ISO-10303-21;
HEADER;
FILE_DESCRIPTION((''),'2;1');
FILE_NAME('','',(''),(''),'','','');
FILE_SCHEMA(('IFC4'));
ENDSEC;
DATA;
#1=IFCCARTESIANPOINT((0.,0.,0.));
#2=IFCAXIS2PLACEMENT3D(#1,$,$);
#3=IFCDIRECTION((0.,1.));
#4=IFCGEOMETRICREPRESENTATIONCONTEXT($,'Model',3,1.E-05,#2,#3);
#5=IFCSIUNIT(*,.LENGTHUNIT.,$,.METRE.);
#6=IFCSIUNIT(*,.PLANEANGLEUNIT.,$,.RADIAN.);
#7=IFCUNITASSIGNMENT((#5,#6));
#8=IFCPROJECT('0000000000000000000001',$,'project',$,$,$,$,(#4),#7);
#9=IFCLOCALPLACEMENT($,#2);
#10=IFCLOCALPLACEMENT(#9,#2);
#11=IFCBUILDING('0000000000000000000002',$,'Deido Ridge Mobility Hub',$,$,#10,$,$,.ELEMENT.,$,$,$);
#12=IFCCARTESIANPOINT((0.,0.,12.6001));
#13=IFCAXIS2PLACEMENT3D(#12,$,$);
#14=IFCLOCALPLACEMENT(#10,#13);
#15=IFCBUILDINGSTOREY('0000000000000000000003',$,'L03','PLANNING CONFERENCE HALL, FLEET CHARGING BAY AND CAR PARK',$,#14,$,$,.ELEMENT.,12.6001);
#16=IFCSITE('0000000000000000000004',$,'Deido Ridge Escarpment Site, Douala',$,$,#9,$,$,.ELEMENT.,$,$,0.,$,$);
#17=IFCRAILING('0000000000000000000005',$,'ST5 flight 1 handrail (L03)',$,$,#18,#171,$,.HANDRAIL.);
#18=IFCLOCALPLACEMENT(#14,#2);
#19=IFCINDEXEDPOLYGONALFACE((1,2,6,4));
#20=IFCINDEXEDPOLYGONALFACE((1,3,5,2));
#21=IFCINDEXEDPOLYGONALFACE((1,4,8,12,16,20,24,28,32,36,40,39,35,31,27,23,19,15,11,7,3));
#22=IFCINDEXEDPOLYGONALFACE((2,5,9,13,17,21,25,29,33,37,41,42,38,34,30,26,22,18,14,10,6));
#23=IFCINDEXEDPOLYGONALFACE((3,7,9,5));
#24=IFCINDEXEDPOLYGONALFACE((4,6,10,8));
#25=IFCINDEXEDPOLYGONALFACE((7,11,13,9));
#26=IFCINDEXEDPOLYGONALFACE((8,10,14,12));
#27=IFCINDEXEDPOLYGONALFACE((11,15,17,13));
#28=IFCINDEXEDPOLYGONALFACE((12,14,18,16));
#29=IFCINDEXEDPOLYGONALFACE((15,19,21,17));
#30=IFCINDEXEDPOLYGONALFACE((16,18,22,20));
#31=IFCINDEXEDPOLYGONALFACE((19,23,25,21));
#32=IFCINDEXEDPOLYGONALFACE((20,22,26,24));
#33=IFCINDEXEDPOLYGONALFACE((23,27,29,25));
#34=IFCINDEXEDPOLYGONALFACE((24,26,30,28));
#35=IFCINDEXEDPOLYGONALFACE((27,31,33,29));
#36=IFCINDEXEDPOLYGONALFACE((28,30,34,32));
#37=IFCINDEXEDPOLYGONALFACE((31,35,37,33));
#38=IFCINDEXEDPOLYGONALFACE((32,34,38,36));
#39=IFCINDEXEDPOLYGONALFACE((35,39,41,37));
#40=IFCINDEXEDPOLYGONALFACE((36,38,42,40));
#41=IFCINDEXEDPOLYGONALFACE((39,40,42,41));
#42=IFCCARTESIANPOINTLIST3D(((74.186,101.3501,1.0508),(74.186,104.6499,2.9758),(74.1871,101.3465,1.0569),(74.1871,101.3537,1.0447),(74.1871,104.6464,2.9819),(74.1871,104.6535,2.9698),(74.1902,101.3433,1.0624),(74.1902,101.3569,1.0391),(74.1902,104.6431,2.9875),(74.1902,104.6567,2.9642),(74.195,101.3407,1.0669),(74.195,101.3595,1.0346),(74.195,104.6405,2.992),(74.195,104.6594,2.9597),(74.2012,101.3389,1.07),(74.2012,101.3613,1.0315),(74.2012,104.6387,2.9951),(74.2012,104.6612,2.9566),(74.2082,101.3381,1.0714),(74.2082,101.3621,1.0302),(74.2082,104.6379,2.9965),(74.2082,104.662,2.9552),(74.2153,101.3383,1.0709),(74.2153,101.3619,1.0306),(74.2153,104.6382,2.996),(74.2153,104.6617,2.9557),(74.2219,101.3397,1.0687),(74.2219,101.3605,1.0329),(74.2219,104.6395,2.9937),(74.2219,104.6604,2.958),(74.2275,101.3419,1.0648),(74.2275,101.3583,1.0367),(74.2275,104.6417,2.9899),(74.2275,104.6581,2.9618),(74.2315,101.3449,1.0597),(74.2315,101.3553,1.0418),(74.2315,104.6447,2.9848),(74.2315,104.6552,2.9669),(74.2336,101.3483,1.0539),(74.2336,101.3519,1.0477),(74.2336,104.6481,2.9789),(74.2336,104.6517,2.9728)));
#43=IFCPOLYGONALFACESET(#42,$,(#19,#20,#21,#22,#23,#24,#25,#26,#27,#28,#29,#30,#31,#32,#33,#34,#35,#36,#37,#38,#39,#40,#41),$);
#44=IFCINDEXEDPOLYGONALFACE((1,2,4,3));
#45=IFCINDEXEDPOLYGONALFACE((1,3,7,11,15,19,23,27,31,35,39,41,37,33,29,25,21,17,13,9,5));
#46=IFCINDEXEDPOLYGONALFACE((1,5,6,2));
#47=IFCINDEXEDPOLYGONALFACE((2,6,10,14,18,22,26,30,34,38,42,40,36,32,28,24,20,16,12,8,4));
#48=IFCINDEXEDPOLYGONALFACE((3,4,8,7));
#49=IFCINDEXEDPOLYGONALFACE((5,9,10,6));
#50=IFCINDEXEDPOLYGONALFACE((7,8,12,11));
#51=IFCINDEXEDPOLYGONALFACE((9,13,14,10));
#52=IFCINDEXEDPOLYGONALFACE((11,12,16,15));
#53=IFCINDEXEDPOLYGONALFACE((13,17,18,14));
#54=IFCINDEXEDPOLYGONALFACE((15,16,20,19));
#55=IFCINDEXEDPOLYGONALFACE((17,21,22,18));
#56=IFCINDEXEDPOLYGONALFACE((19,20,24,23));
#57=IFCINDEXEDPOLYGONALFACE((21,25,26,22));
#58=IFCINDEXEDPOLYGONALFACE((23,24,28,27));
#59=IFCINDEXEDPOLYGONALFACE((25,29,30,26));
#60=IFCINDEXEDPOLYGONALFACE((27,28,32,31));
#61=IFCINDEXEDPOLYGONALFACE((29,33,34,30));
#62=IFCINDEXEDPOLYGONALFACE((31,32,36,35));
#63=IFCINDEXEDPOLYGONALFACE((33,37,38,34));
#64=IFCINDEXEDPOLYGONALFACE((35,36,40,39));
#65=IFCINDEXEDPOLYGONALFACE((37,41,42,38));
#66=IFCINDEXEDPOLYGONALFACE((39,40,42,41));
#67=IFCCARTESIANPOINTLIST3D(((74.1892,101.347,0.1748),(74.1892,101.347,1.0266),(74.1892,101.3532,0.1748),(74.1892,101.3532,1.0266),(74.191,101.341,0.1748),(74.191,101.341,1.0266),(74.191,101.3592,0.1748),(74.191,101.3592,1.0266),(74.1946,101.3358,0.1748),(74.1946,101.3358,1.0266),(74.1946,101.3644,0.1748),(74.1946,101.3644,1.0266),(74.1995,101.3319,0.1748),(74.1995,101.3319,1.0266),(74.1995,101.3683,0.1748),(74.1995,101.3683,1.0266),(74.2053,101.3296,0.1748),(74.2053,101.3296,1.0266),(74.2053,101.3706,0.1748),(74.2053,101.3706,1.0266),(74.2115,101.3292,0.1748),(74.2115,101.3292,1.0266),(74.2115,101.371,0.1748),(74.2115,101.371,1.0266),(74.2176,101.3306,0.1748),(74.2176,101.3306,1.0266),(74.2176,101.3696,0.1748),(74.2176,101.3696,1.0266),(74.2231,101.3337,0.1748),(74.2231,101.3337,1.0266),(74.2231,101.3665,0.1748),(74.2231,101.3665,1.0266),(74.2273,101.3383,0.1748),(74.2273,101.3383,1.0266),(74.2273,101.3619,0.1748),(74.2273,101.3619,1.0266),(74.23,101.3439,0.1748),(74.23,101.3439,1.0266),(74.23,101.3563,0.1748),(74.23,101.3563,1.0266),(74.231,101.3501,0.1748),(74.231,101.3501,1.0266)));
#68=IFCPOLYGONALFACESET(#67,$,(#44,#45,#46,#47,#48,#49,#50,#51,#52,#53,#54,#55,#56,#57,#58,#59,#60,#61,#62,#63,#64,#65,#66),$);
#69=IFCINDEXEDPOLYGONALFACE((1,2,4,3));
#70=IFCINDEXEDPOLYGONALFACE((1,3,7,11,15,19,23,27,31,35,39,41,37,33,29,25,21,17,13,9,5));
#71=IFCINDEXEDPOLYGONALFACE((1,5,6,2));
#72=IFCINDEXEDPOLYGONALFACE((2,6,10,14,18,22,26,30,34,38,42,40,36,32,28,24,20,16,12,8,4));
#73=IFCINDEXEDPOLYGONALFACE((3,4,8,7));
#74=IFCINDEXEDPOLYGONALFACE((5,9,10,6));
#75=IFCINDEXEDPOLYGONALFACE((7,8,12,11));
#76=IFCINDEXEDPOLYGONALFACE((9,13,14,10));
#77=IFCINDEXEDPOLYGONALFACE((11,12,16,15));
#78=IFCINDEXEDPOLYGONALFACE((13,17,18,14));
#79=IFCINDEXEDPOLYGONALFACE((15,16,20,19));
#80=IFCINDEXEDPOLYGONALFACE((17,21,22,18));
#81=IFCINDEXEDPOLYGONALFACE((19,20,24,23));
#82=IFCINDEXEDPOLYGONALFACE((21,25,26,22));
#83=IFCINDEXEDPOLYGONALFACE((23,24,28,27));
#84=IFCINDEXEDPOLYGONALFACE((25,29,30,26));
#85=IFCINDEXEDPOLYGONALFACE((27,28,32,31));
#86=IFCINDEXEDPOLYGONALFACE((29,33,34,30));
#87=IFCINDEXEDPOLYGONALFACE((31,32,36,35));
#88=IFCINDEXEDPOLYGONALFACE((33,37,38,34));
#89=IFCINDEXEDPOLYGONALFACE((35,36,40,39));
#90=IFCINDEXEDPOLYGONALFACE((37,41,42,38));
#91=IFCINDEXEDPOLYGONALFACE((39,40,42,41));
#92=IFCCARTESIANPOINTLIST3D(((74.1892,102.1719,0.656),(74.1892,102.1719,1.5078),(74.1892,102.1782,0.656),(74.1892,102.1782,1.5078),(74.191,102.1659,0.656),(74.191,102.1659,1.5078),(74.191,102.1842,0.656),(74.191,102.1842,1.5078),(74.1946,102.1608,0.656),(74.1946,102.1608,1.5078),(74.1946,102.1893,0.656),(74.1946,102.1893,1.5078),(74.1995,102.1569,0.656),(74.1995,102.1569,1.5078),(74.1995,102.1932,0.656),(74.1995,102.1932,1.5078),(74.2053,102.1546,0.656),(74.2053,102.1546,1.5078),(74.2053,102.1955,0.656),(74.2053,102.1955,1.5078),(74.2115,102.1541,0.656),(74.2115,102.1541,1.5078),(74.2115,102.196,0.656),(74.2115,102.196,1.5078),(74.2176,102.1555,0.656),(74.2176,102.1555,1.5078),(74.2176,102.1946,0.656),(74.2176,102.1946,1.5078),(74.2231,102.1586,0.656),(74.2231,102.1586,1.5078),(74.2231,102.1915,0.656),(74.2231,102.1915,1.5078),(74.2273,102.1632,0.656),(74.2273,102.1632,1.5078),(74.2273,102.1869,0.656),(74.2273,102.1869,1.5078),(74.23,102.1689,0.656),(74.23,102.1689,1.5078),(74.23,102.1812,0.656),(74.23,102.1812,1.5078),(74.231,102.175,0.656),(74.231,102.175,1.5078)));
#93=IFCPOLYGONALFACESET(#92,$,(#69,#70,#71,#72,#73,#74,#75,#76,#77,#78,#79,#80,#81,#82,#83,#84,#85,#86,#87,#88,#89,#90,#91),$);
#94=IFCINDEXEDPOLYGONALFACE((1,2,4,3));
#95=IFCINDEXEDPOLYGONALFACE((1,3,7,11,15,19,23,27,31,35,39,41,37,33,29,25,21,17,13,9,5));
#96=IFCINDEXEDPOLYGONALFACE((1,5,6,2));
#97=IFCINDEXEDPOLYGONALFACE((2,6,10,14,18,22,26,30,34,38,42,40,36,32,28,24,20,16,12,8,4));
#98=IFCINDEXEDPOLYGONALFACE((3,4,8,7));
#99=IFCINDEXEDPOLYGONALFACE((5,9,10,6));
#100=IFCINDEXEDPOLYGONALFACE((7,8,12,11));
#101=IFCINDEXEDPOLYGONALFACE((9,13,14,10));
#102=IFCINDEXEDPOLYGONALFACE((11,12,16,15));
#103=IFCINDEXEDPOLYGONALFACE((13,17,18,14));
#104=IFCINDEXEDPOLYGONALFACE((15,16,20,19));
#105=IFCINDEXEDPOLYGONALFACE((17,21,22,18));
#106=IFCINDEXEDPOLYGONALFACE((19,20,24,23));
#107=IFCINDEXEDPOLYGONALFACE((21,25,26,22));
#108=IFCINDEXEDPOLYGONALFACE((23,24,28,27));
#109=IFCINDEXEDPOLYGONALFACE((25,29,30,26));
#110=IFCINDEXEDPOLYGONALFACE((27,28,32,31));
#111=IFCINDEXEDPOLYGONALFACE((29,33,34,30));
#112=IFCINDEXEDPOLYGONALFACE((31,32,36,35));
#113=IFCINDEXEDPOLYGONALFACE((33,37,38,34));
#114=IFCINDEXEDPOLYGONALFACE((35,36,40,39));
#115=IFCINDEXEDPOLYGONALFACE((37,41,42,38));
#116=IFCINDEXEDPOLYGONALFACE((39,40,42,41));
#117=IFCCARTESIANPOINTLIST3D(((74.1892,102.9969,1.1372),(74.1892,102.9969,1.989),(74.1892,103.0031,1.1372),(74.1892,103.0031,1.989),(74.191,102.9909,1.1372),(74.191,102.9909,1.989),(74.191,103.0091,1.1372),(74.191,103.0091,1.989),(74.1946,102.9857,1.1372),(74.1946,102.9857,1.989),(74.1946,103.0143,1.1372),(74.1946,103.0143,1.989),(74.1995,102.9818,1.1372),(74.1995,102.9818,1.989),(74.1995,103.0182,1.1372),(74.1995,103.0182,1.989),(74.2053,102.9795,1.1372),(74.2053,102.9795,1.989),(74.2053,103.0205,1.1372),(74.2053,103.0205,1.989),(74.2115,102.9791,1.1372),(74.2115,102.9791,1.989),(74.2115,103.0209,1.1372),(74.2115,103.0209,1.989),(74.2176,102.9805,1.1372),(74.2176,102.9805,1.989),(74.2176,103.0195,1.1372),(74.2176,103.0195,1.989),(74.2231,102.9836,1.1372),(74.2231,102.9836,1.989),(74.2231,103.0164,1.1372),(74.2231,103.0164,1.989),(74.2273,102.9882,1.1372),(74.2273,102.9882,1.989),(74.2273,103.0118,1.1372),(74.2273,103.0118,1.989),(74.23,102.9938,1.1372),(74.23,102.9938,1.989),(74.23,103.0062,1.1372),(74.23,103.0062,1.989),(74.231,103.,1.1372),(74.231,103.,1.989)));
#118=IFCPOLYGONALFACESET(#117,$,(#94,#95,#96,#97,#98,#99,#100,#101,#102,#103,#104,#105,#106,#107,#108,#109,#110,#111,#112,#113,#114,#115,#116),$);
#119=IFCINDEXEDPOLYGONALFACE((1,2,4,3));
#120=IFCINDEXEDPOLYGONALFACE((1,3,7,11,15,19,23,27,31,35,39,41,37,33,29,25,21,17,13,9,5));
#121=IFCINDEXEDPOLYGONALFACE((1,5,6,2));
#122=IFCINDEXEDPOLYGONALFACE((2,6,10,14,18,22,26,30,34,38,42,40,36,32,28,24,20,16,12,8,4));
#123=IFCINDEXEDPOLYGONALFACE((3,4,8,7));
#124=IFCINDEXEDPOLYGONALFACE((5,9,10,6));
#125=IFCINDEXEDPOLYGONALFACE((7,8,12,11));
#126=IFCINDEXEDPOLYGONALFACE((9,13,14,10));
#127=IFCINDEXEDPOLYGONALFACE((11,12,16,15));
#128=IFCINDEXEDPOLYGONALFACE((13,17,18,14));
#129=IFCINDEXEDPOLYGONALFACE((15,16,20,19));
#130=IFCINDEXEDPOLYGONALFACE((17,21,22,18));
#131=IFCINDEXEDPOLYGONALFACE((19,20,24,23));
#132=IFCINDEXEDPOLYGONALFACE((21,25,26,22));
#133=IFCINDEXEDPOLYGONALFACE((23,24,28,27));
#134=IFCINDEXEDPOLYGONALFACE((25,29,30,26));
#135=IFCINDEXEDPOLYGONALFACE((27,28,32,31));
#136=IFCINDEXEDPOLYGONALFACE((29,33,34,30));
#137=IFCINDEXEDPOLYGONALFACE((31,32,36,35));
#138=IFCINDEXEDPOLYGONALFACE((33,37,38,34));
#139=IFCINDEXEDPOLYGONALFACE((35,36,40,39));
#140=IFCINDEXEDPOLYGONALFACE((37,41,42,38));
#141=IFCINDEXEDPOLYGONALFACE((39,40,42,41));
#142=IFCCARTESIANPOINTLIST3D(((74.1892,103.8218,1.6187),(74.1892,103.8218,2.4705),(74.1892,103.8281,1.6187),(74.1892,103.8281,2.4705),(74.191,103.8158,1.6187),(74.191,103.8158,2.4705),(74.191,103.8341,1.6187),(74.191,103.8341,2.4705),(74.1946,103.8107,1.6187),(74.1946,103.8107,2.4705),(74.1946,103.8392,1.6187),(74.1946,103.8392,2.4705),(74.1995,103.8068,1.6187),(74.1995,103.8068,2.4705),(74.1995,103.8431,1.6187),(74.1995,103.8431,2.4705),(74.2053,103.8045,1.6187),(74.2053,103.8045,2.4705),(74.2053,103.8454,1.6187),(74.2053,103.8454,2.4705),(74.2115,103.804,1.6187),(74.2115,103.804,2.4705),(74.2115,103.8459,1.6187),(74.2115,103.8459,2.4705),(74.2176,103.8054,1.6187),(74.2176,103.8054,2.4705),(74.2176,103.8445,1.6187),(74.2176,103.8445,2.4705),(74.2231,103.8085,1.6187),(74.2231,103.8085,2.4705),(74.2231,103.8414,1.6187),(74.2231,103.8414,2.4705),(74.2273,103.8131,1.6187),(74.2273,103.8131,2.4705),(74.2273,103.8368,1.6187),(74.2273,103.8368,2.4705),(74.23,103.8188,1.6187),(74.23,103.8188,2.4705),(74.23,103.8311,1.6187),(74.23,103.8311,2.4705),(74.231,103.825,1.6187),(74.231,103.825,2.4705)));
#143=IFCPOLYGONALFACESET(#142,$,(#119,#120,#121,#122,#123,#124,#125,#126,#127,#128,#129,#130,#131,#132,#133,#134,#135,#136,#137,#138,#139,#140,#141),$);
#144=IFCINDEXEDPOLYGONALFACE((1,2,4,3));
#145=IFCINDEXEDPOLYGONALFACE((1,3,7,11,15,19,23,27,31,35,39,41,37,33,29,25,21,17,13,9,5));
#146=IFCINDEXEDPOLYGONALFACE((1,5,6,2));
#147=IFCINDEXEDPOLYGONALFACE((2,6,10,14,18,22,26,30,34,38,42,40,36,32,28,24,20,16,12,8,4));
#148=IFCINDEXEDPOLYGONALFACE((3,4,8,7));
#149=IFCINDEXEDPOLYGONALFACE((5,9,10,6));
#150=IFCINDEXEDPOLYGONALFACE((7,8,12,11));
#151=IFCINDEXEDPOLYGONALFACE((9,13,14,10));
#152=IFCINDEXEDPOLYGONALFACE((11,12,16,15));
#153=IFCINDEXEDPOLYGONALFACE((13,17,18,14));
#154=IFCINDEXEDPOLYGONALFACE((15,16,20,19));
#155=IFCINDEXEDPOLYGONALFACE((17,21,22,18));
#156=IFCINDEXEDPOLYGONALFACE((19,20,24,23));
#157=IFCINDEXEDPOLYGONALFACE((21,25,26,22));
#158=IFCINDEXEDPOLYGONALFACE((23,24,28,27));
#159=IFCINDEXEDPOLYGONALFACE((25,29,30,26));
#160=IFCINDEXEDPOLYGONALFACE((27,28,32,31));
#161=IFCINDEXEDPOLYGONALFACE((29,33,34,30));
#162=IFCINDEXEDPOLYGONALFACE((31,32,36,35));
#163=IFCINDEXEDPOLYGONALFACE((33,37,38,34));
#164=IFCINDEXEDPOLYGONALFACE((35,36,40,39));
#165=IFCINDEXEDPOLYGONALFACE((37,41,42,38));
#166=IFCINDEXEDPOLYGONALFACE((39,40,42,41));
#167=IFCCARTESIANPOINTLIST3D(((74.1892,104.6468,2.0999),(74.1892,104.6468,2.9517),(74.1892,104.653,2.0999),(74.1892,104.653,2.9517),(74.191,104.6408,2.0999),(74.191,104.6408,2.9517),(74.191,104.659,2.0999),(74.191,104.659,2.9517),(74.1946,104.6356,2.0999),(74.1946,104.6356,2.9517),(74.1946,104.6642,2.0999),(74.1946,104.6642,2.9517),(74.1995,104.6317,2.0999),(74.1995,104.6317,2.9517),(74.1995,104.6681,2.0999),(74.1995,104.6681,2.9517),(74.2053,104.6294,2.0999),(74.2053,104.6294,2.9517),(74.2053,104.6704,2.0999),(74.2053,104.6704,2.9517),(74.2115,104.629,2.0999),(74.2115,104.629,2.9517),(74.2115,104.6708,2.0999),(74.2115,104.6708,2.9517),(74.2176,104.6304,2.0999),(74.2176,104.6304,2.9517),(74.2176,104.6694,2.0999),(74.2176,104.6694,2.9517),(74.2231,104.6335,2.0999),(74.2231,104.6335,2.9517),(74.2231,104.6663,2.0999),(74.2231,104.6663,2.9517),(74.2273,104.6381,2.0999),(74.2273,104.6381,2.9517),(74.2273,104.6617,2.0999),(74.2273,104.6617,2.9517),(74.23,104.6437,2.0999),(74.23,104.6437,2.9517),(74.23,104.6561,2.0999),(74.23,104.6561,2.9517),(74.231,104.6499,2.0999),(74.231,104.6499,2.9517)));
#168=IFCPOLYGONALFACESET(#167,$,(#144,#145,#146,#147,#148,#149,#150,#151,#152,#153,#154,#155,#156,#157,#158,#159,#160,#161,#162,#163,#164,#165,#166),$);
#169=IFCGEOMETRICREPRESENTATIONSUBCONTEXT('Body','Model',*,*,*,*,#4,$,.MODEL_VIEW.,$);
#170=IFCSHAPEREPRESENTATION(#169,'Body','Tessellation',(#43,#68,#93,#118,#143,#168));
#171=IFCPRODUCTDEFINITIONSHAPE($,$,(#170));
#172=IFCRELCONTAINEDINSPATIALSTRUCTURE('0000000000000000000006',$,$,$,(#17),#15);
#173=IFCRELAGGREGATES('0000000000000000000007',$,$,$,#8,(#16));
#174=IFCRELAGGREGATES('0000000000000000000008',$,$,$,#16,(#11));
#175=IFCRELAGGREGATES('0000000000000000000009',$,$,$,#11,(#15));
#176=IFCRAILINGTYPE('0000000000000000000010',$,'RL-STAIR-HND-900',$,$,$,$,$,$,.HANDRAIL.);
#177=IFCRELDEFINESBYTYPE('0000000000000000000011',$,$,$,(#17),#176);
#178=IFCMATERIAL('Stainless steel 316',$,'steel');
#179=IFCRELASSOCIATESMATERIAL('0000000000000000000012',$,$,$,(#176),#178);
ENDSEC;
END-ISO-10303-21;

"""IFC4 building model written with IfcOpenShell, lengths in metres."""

from ifc_helpers import new_model, si_unit, direction, frame, origin, origin_2d, place, context, subcontext, project, spatial, circle, extrude, material, type_object, element, save


model = new_model("IFC4")

# Units and contexts
model_context = context("Model", 3, precision=1e-05, world=origin(), true_north=direction((0.0, 1.0)))
body_context = subcontext(model_context, "Body", "Model", "MODEL_VIEW")
ifc_project = project(units=[si_unit("LENGTHUNIT", "METRE"), si_unit("PLANEANGLEUNIT", "RADIAN")], contexts=[model_context])

# Site, building, storey
site_placement = place(None, origin())
site = spatial("IfcSite", under=ifc_project, at=site_placement, Name="Deido Ridge Escarpment Site, Douala", CompositionType="ELEMENT", RefElevation=0.0)
building_placement = place(site_placement, origin())
building = spatial("IfcBuilding", under=site, at=building_placement, Name="Deido Ridge Mobility Hub", CompositionType="ELEMENT")
storey_placement = place(building_placement, frame((0.0, 0.0, 12.6001)))
storey = spatial("IfcBuildingStorey", under=building, at=storey_placement, Name="L03", Description="PLANNING CONFERENCE HALL, FLEET CHARGING BAY AND CAR PARK", CompositionType="ELEMENT", Elevation=12.6001)

# Shared definitions
ifc_material_1 = material(Name="Stainless steel 316", Category="steel")

# Railing
railing_type_1 = type_object("IfcRailingType", Name="RL-STAIR-HND-900", PredefinedType="HANDRAIL", material=ifc_material_1)
railing_1_placement = place(storey_placement, frame((74.21, 101.3501, 0.1748)))
element("IfcRailing", 1, at=railing_1_placement, inside=storey, type_object=railing_type_1, Name="ST5 flight 1 handrail (L03)", PredefinedType="HANDRAIL", context=body_context, shape_type="SweptSolid", body=[
    extrude(circle(Radius=0.0239, at=origin_2d()), frame((0.0, 0.0, 0.876), z_axis=(0.0, 0.86376, 0.503903), x_axis=(-1.0, 0.0, 0.0)), (0.0, 0.0, 1.0), 3.8203),
    extrude(circle(Radius=0.021, at=origin_2d()), origin(), (0.0, 0.0, 1.0), 0.8518),
    extrude(circle(Radius=0.021, at=origin_2d()), frame((0.0, 0.825, 0.4812)), (0.0, 0.0, 1.0), 0.8518),
    extrude(circle(Radius=0.021, at=origin_2d()), frame((0.0, 1.6499, 0.9624)), (0.0, 0.0, 1.0), 0.8518),
    extrude(circle(Radius=0.021, at=origin_2d()), frame((0.0, 2.4749, 1.4438)), (0.0, 0.0, 1.0), 0.8518),
    extrude(circle(Radius=0.021, at=origin_2d()), frame((0.0, 3.2998, 1.925)), (0.0, 0.0, 1.0), 0.8518),
])

save(model, "model.ifc")
